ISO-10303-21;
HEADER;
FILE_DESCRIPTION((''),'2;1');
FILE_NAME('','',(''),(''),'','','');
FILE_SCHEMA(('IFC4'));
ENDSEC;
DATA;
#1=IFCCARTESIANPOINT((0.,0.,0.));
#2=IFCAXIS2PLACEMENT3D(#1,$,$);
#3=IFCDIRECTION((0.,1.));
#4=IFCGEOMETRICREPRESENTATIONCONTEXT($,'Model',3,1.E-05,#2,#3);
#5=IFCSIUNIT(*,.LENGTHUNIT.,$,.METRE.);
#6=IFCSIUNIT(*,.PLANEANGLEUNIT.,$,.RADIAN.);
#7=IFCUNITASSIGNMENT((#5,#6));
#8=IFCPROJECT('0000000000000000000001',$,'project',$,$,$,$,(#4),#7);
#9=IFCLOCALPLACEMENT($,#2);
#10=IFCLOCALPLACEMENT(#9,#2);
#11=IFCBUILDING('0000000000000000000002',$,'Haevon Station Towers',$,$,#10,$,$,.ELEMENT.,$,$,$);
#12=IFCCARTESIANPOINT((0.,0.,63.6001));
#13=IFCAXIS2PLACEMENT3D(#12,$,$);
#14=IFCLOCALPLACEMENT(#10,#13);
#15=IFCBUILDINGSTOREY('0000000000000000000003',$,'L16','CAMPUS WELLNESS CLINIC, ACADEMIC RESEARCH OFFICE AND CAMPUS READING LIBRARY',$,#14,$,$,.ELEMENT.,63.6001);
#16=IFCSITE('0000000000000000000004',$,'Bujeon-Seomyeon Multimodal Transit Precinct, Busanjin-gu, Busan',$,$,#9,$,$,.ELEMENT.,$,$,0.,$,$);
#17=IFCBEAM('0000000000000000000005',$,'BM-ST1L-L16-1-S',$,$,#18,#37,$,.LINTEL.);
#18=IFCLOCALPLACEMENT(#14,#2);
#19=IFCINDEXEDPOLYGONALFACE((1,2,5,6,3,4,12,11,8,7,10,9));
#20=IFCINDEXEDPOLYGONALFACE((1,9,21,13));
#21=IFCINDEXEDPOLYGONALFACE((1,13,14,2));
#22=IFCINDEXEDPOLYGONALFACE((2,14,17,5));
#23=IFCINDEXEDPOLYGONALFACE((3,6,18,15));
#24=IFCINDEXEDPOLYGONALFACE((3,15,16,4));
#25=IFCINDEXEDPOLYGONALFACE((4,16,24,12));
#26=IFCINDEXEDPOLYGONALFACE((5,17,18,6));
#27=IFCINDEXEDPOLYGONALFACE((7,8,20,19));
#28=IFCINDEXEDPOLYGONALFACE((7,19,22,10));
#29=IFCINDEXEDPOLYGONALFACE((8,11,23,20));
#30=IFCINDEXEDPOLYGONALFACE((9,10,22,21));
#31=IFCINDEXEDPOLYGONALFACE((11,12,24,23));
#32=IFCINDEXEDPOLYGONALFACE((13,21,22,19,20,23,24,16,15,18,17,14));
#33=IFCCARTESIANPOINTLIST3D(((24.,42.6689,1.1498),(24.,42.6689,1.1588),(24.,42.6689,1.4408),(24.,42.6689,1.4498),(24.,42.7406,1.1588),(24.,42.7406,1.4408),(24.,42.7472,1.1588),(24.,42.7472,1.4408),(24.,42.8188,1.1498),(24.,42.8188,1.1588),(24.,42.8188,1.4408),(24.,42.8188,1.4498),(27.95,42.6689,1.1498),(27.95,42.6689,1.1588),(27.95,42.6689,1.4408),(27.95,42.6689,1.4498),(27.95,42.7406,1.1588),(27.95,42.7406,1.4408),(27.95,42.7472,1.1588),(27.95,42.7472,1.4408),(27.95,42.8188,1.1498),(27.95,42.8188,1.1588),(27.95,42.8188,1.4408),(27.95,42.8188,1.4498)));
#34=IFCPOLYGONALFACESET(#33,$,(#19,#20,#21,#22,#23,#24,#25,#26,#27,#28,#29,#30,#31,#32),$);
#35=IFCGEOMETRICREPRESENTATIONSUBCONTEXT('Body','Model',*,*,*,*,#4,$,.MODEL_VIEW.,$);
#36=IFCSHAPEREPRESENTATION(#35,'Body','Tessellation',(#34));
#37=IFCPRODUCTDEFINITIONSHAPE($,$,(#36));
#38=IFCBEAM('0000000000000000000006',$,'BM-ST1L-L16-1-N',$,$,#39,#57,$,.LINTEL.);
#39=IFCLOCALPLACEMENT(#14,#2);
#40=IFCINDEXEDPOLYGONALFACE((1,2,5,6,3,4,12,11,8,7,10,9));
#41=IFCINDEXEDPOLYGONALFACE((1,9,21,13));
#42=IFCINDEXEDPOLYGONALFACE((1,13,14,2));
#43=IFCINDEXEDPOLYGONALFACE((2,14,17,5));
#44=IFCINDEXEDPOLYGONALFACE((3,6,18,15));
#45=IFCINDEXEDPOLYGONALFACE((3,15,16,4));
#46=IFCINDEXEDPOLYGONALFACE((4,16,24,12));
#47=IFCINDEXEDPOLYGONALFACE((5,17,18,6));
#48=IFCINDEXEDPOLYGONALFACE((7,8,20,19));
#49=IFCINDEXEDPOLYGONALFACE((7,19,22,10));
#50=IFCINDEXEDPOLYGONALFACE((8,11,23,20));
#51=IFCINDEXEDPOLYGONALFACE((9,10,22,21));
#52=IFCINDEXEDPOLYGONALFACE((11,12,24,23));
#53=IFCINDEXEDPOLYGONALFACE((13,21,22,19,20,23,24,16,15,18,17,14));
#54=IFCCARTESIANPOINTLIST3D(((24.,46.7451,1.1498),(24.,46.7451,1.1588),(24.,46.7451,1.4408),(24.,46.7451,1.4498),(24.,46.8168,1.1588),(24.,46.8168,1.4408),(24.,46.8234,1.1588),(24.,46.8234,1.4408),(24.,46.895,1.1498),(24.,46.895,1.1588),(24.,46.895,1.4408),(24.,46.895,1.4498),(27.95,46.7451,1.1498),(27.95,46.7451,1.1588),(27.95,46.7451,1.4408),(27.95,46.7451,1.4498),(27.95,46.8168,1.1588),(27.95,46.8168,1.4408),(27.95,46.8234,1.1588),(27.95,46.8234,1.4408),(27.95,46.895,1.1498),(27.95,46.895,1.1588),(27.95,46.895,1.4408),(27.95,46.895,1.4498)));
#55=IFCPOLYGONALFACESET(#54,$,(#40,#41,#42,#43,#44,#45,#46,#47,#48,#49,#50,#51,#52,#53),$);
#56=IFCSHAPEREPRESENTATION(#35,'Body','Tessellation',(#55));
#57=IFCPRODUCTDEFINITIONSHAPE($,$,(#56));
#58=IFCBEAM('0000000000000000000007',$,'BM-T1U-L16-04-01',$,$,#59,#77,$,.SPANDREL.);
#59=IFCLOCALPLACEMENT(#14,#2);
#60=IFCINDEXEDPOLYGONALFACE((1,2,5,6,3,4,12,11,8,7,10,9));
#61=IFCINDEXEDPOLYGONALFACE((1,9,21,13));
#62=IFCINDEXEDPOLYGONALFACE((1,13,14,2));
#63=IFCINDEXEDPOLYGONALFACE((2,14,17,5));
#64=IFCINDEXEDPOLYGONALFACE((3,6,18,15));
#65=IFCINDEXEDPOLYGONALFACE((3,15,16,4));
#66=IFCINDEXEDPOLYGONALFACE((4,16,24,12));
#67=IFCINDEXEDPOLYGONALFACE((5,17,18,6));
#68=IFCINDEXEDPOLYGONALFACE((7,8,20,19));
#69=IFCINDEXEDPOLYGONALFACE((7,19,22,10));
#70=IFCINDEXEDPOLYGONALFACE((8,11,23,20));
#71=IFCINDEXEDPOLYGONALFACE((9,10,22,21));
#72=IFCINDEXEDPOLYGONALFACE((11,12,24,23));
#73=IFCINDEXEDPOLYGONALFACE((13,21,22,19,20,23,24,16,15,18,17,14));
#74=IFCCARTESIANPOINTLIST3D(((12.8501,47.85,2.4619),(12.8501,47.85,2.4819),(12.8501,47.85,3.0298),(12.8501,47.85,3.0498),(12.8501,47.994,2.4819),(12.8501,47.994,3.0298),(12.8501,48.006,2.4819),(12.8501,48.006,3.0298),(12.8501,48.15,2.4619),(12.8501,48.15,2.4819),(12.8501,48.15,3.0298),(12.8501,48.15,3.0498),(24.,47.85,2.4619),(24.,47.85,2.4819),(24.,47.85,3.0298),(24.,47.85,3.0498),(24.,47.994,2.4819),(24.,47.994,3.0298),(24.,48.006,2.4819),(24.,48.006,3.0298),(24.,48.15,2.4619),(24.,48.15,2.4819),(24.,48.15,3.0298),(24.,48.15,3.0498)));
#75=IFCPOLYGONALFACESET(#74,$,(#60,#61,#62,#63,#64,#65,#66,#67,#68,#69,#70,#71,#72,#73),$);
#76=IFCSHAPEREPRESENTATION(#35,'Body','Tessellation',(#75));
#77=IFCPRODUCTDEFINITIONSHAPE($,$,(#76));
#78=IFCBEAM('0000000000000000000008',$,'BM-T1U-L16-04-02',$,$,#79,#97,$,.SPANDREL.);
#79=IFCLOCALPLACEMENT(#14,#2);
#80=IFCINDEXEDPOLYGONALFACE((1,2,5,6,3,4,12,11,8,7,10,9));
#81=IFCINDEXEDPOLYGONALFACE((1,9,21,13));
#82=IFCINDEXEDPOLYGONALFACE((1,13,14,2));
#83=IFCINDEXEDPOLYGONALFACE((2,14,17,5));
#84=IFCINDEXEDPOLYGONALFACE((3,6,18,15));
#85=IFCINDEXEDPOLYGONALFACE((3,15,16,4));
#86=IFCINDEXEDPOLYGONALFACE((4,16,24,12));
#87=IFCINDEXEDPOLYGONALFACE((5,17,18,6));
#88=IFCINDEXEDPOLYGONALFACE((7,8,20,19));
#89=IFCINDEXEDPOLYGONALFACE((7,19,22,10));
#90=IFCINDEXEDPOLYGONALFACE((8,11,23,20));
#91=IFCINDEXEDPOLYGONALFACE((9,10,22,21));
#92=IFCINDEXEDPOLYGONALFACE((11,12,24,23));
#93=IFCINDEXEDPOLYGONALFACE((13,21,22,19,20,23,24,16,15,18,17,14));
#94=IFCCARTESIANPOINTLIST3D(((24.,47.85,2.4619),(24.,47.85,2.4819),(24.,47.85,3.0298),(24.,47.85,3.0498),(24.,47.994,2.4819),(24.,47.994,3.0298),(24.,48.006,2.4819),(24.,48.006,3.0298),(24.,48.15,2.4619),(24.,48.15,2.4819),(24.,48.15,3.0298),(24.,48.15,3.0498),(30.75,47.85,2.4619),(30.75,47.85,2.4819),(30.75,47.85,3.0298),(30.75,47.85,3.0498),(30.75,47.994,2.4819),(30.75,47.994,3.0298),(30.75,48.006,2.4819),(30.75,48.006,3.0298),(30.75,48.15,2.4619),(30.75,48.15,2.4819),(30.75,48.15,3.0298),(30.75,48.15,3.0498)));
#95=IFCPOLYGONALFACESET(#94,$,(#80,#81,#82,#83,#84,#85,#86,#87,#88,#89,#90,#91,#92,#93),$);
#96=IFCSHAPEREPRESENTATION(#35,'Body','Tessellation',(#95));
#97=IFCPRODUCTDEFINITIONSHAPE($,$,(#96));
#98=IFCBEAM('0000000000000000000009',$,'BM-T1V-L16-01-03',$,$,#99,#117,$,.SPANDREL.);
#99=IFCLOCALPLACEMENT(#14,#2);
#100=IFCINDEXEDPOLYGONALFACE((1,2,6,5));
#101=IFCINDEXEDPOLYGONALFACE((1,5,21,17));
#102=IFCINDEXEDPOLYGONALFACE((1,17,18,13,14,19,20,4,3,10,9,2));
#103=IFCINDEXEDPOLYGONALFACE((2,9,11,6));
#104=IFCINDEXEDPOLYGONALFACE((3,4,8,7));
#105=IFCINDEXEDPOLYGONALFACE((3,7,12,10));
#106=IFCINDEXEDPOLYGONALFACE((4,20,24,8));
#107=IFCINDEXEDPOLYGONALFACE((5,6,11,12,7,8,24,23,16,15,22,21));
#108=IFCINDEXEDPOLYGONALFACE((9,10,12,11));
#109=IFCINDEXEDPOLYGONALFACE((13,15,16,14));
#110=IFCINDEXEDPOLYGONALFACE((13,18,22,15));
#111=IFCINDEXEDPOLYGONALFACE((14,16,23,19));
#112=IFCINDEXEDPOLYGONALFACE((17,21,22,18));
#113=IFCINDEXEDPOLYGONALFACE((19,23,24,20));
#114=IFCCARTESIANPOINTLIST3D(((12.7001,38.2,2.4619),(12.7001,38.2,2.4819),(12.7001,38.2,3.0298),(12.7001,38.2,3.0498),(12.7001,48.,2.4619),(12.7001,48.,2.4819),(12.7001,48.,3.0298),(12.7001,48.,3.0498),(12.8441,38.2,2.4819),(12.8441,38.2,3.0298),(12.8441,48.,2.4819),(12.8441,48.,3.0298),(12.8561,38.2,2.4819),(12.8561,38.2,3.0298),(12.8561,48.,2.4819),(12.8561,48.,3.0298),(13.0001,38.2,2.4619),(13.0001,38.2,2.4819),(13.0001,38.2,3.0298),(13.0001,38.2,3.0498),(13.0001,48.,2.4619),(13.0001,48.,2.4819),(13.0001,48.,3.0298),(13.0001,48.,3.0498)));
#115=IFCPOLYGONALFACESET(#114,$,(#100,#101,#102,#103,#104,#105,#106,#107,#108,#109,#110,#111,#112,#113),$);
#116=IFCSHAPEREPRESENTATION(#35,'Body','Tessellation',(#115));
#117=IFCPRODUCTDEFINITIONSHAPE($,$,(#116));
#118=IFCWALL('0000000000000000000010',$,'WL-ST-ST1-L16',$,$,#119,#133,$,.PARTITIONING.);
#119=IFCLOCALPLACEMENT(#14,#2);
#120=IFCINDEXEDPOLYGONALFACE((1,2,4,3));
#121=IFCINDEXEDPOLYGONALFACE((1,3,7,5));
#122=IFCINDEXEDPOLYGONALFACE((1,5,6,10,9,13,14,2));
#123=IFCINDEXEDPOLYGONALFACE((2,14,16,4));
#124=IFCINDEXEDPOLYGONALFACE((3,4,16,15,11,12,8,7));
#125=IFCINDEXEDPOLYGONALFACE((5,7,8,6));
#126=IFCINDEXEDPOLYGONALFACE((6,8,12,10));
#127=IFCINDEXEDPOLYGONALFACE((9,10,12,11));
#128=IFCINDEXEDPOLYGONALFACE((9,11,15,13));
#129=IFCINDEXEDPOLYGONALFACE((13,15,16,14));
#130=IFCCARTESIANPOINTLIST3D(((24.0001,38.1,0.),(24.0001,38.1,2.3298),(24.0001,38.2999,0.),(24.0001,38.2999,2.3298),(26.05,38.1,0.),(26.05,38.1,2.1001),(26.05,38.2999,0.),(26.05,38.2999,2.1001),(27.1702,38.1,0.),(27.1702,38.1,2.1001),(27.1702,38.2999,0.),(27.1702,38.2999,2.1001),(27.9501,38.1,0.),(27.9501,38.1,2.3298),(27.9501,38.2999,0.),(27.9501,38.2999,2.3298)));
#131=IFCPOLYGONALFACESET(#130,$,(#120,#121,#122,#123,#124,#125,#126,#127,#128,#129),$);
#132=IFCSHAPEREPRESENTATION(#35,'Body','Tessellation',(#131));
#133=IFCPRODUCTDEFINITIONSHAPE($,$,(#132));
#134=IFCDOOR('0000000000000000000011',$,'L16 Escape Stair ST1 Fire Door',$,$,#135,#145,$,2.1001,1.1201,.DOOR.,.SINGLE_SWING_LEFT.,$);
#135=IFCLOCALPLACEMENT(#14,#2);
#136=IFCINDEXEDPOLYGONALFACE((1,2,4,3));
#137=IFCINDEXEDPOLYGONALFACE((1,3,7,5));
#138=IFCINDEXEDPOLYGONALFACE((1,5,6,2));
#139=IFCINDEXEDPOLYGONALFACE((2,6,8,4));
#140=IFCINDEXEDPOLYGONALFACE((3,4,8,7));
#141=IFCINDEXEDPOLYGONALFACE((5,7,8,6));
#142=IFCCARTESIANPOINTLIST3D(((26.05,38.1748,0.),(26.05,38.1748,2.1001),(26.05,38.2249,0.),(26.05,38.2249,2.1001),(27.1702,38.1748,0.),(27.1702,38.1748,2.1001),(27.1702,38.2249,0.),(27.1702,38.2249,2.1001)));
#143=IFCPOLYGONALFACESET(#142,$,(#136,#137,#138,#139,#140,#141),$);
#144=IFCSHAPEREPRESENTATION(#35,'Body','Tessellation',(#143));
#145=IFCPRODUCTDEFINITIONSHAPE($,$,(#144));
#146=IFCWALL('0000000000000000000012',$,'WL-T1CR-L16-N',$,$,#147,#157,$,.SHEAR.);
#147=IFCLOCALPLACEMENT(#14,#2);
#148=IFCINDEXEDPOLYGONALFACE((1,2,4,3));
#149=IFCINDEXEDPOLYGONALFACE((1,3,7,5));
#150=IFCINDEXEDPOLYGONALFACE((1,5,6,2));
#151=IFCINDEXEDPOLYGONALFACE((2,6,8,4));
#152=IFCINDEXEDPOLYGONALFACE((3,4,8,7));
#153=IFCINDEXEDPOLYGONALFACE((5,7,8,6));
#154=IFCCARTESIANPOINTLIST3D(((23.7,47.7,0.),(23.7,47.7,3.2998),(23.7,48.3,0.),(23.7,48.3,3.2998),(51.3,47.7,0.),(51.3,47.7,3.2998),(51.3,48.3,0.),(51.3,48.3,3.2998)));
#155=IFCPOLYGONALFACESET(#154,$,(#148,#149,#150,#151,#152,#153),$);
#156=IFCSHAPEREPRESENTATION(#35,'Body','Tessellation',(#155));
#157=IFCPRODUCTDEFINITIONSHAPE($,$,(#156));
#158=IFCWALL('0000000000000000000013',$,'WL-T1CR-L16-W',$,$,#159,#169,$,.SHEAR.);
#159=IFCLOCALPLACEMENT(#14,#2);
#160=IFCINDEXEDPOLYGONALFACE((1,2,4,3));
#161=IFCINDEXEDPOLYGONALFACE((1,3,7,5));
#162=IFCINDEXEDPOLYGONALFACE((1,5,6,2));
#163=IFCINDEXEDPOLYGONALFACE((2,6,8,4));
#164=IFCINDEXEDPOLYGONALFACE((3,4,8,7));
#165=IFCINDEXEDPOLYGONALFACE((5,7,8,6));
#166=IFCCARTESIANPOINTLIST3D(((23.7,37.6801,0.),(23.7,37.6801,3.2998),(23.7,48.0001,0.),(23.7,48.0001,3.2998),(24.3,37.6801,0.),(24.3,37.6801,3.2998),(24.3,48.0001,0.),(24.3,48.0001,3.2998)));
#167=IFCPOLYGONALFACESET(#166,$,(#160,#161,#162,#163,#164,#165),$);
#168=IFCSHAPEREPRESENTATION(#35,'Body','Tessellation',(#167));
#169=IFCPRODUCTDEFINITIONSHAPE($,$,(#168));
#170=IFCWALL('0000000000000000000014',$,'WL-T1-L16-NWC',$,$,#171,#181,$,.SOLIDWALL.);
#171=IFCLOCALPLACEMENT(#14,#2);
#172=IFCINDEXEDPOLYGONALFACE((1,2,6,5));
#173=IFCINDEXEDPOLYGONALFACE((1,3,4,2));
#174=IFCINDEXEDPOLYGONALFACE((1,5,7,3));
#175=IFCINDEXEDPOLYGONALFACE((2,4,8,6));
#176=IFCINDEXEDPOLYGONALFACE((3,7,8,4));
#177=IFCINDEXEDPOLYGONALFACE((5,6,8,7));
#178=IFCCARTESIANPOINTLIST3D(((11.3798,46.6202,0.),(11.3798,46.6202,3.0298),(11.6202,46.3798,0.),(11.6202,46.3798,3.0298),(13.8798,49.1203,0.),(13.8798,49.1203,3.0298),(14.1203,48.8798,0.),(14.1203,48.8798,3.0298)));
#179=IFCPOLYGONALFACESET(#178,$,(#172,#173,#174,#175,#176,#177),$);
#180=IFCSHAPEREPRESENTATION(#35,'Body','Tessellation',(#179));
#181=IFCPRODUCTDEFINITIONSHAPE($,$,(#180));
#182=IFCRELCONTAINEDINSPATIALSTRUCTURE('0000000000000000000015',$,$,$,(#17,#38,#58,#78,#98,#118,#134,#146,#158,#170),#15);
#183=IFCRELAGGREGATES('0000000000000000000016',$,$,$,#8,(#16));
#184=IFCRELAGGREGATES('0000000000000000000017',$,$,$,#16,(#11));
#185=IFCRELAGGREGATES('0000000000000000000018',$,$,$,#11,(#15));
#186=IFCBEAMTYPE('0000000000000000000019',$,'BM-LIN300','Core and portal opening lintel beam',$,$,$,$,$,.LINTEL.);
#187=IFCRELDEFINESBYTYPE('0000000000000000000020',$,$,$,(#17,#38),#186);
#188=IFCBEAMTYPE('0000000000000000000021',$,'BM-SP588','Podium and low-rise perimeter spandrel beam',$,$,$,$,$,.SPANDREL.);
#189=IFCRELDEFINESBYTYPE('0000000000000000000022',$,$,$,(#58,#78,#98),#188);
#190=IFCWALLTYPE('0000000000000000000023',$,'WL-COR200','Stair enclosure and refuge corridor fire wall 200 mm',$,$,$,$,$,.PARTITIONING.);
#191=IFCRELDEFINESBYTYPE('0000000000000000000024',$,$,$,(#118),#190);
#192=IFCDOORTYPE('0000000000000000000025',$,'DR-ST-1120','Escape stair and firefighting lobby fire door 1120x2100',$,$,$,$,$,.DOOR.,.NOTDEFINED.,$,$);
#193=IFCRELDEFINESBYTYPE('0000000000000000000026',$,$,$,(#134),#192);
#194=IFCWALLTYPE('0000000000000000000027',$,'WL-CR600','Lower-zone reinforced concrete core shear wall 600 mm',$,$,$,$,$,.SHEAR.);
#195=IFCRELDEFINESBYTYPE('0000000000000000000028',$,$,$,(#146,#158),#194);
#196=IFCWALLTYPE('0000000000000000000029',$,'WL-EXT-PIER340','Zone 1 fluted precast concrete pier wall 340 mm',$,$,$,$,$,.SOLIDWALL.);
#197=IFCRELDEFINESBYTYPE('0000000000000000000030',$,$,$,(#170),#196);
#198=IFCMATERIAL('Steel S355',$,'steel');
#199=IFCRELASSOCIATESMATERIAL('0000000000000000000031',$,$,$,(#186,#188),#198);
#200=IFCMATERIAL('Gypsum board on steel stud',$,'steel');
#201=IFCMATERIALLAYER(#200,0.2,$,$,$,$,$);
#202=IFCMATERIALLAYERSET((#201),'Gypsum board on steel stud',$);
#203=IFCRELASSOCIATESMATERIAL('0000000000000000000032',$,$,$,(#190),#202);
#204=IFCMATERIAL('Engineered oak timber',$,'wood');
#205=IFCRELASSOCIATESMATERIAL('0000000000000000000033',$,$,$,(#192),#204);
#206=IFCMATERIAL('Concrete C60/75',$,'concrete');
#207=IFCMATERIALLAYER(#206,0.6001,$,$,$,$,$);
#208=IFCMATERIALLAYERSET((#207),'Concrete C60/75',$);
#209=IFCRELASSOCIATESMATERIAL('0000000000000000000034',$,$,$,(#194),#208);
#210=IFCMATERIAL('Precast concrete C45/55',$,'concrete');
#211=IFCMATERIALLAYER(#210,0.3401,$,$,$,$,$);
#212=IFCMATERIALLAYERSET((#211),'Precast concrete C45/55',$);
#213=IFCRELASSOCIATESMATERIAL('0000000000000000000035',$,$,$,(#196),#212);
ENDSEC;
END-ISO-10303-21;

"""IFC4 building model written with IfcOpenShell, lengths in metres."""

from ifc_helpers import new_model, si_unit, direction, frame, frame_2d, origin, origin_2d, place, context, subcontext, project, spatial, rectangle, i_section, extrude, material, layer, layer_set, material_profile, profile_set, type_object, element, fill, save


model = new_model("IFC4")

# Units and contexts
model_context = context("Model", 3, precision=1e-05, world=origin(), true_north=direction((0.0, 1.0)))
body_context = subcontext(model_context, "Body", "Model", "MODEL_VIEW")
ifc_project = project(units=[si_unit("LENGTHUNIT", "METRE"), si_unit("PLANEANGLEUNIT", "RADIAN")], contexts=[model_context])

# Site, building, storey
site_placement = place(None, origin())
site = spatial("IfcSite", under=ifc_project, at=site_placement, Name="Bujeon-Seomyeon Multimodal Transit Precinct, Busanjin-gu, Busan", CompositionType="ELEMENT", RefElevation=0.0)
building_placement = place(site_placement, origin())
building = spatial("IfcBuilding", under=site, at=building_placement, Name="Haevon Station Towers", CompositionType="ELEMENT")
storey_placement = place(building_placement, frame((0.0, 0.0, 63.6001)))
storey = spatial("IfcBuildingStorey", under=building, at=storey_placement, Name="L16", Description="CAMPUS WELLNESS CLINIC, ACADEMIC RESEARCH OFFICE AND CAMPUS READING LIBRARY", CompositionType="ELEMENT", Elevation=63.6001)

# Beams
ifc_material_1 = material(Name="Steel S355", Category="steel")
ifc_material_profile_1 = material_profile(ifc_material_1, i_section(OverallWidth=0.1499, OverallDepth=0.3, WebThickness=0.0066, FlangeThickness=0.009, at=origin_2d()), Name="H-300x150x6.5x9")
ifc_profile_set_1 = profile_set([ifc_material_profile_1], Name="Steel S355")
beam_type_1 = type_object("IfcBeamType", Name="BM-LIN300", Description="Core and portal opening lintel beam", PredefinedType="LINTEL", material=ifc_profile_set_1)
for number, where, z_axis, x_axis, name in (
    (1, (24.0, 42.7439, 1.2998), (1.0, 0.0, 0.0), (0.0, 1.0, 0.0), "BM-ST1L-L16-1-S"),
    (2, (24.0, 46.8201, 1.2998), (1.0, 0.0, 0.0), (0.0, 1.0, 0.0), "BM-ST1L-L16-1-N"),
):
    element("IfcBeam", number, at=place(storey_placement, frame(where, z_axis=z_axis, x_axis=x_axis)), inside=storey, type_object=beam_type_1, Name=name, PredefinedType="LINTEL", context=body_context, shape_type="SweptSolid", body=[
        extrude(i_section(OverallWidth=0.1499, OverallDepth=0.3, WebThickness=0.0066, FlangeThickness=0.009, at=origin_2d()), origin(), (0.0, 0.0, 1.0), 3.95),
    ])
ifc_material_profile_2 = material_profile(ifc_material_1, i_section(OverallWidth=0.3, OverallDepth=0.5879, WebThickness=0.012, FlangeThickness=0.02, at=origin_2d()), Name="H-588x300x12x20")
ifc_profile_set_2 = profile_set([ifc_material_profile_2], Name="Steel S355")
beam_type_2 = type_object("IfcBeamType", Name="BM-SP588", Description="Podium and low-rise perimeter spandrel beam", PredefinedType="SPANDREL", material=ifc_profile_set_2)
beam_1_placement = place(storey_placement, frame((12.8501, 48.0, 2.7559), z_axis=(1.0, 0.0, 0.0), x_axis=(0.0, 1.0, 0.0)))
element("IfcBeam", 3, at=beam_1_placement, inside=storey, type_object=beam_type_2, Name="BM-T1U-L16-04-01", PredefinedType="SPANDREL", context=body_context, shape_type="SweptSolid", body=[
    extrude(i_section(OverallWidth=0.3, OverallDepth=0.5879, WebThickness=0.012, FlangeThickness=0.02, at=origin_2d()), origin(), (0.0, 0.0, 1.0), 11.1499),
])
beam_2_placement = place(storey_placement, frame((24.0, 48.0, 2.7559), z_axis=(1.0, 0.0, 0.0), x_axis=(0.0, 1.0, 0.0)))
element("IfcBeam", 4, at=beam_2_placement, inside=storey, type_object=beam_type_2, Name="BM-T1U-L16-04-02", PredefinedType="SPANDREL", context=body_context, shape_type="SweptSolid", body=[
    extrude(i_section(OverallWidth=0.3, OverallDepth=0.5879, WebThickness=0.012, FlangeThickness=0.02, at=origin_2d()), origin(), (0.0, 0.0, 1.0), 6.75),
])
beam_3_placement = place(storey_placement, frame((12.8501, 38.2, 2.7559), z_axis=(0.0, 1.0, 0.0), x_axis=(-1.0, 0.0, 0.0)))
element("IfcBeam", 5, at=beam_3_placement, inside=storey, type_object=beam_type_2, Name="BM-T1V-L16-01-03", PredefinedType="SPANDREL", context=body_context, shape_type="SweptSolid", body=[
    extrude(i_section(OverallWidth=0.3, OverallDepth=0.5879, WebThickness=0.012, FlangeThickness=0.02, at=origin_2d()), origin(), (0.0, 0.0, 1.0), 9.8),
])

# Wall, opening, door
ifc_material_2 = material(Name="Gypsum board on steel stud", Category="steel")
ifc_layer_1 = layer(ifc_material_2, 0.2)
ifc_layer_set_1 = layer_set([ifc_layer_1], Name="Gypsum board on steel stud")
wall_type_1 = type_object("IfcWallType", Name="WL-COR200", Description="Stair enclosure and refuge corridor fire wall 200 mm", PredefinedType="PARTITIONING", material=ifc_layer_set_1)
wall_1_placement = place(storey_placement, frame((24.0, 38.2, 0.0), z_axis=(0.0, 0.0, 1.0), x_axis=(1.0, 0.0, 0.0)))
wall_1 = element("IfcWall", 6, at=wall_1_placement, inside=storey, type_object=wall_type_1, Name="WL-ST-ST1-L16", PredefinedType="PARTITIONING", context=body_context, shape_type="SweptSolid", body=[
    extrude(rectangle(XDim=3.95, YDim=0.2, at=frame_2d((1.9751, 0.0))), origin(), (0.0, 0.0, 1.0), 2.3298),
])
opening_1_placement = place(wall_1_placement, frame((2.05, 0.0, 0.0)))
opening_1 = element("IfcOpeningElement", 7, at=opening_1_placement, cuts=wall_1, PredefinedType="OPENING", context=body_context, shape_type="SweptSolid", body=[
    extrude(rectangle(XDim=1.1201, YDim=2.1001, at=frame_2d((0.5601, 1.05))), frame((0.0, 0.1099, 0.0), z_axis=(0.0, -1.0, 0.0), x_axis=(1.0, 0.0, 0.0)), (0.0, 0.0, 1.0), 0.22),
])
ifc_material_3 = material(Name="Engineered oak timber", Category="wood")
door_type_1 = type_object("IfcDoorType", Name="DR-ST-1120", Description="Escape stair and firefighting lobby fire door 1120x2100", OperationType="NOTDEFINED", PredefinedType="DOOR", material=ifc_material_3)
door_1_placement = place(opening_1_placement, origin())
door_1 = element("IfcDoor", 8, at=door_1_placement, inside=storey, type_object=door_type_1, Name="L16 Escape Stair ST1 Fire Door", OperationType="SINGLE_SWING_LEFT", OverallHeight=2.1001, OverallWidth=1.1201, PredefinedType="DOOR", context=body_context, shape_type="SweptSolid", body=[
    extrude(rectangle(XDim=1.1201, YDim=2.1001, at=frame_2d((0.5601, 1.05))), frame((0.0, 0.0249, 0.0), z_axis=(0.0, -1.0, 0.0), x_axis=(1.0, 0.0, 0.0)), (0.0, 0.0, 1.0), 0.05),
])
fill(opening_1, door_1)

# Walls
ifc_material_4 = material(Name="Concrete C60/75", Category="concrete")
ifc_layer_2 = layer(ifc_material_4, 0.6001)
ifc_layer_set_2 = layer_set([ifc_layer_2], Name="Concrete C60/75")
wall_type_2 = type_object("IfcWallType", Name="WL-CR600", Description="Lower-zone reinforced concrete core shear wall 600 mm", PredefinedType="SHEAR", material=ifc_layer_set_2)
wall_2_placement = place(storey_placement, frame((23.7, 48.0, 0.0), z_axis=(0.0, 0.0, 1.0), x_axis=(1.0, 0.0, 0.0)))
element("IfcWall", 9, at=wall_2_placement, inside=storey, type_object=wall_type_2, Name="WL-T1CR-L16-N", PredefinedType="SHEAR", context=body_context, shape_type="SweptSolid", body=[
    extrude(rectangle(XDim=27.6001, YDim=0.6001, at=frame_2d((13.8, 0.0))), origin(), (0.0, 0.0, 1.0), 3.2998),
])
wall_3_placement = place(storey_placement, frame((24.0, 37.6799, 0.0), z_axis=(0.0, 0.0, 1.0), x_axis=(0.0, 1.0, 0.0)))
element("IfcWall", 10, at=wall_3_placement, inside=storey, type_object=wall_type_2, Name="WL-T1CR-L16-W", PredefinedType="SHEAR", context=body_context, shape_type="SweptSolid", body=[
    extrude(rectangle(XDim=10.3201, YDim=0.6001, at=frame_2d((5.1602, 0.0))), origin(), (0.0, 0.0, 1.0), 3.2998),
])
ifc_material_5 = material(Name="Precast concrete C45/55", Category="concrete")
ifc_layer_3 = layer(ifc_material_5, 0.3401)
ifc_layer_set_3 = layer_set([ifc_layer_3], Name="Precast concrete C45/55")
wall_type_3 = type_object("IfcWallType", Name="WL-EXT-PIER340", Description="Zone 1 fluted precast concrete pier wall 340 mm", PredefinedType="SOLIDWALL", material=ifc_layer_set_3)
wall_4_placement = place(storey_placement, frame((11.5, 46.5, 0.0), z_axis=(0.0, 0.0, 1.0), x_axis=(0.707107, 0.707107, 0.0)))
element("IfcWall", 11, at=wall_4_placement, inside=storey, type_object=wall_type_3, Name="WL-T1-L16-NWC", PredefinedType="SOLIDWALL", context=body_context, shape_type="SweptSolid", body=[
    extrude(rectangle(XDim=3.5356, YDim=0.3401, at=frame_2d((1.7678, 0.0))), origin(), (0.0, 0.0, 1.0), 3.0298),
])

save(model, "model.ifc")
